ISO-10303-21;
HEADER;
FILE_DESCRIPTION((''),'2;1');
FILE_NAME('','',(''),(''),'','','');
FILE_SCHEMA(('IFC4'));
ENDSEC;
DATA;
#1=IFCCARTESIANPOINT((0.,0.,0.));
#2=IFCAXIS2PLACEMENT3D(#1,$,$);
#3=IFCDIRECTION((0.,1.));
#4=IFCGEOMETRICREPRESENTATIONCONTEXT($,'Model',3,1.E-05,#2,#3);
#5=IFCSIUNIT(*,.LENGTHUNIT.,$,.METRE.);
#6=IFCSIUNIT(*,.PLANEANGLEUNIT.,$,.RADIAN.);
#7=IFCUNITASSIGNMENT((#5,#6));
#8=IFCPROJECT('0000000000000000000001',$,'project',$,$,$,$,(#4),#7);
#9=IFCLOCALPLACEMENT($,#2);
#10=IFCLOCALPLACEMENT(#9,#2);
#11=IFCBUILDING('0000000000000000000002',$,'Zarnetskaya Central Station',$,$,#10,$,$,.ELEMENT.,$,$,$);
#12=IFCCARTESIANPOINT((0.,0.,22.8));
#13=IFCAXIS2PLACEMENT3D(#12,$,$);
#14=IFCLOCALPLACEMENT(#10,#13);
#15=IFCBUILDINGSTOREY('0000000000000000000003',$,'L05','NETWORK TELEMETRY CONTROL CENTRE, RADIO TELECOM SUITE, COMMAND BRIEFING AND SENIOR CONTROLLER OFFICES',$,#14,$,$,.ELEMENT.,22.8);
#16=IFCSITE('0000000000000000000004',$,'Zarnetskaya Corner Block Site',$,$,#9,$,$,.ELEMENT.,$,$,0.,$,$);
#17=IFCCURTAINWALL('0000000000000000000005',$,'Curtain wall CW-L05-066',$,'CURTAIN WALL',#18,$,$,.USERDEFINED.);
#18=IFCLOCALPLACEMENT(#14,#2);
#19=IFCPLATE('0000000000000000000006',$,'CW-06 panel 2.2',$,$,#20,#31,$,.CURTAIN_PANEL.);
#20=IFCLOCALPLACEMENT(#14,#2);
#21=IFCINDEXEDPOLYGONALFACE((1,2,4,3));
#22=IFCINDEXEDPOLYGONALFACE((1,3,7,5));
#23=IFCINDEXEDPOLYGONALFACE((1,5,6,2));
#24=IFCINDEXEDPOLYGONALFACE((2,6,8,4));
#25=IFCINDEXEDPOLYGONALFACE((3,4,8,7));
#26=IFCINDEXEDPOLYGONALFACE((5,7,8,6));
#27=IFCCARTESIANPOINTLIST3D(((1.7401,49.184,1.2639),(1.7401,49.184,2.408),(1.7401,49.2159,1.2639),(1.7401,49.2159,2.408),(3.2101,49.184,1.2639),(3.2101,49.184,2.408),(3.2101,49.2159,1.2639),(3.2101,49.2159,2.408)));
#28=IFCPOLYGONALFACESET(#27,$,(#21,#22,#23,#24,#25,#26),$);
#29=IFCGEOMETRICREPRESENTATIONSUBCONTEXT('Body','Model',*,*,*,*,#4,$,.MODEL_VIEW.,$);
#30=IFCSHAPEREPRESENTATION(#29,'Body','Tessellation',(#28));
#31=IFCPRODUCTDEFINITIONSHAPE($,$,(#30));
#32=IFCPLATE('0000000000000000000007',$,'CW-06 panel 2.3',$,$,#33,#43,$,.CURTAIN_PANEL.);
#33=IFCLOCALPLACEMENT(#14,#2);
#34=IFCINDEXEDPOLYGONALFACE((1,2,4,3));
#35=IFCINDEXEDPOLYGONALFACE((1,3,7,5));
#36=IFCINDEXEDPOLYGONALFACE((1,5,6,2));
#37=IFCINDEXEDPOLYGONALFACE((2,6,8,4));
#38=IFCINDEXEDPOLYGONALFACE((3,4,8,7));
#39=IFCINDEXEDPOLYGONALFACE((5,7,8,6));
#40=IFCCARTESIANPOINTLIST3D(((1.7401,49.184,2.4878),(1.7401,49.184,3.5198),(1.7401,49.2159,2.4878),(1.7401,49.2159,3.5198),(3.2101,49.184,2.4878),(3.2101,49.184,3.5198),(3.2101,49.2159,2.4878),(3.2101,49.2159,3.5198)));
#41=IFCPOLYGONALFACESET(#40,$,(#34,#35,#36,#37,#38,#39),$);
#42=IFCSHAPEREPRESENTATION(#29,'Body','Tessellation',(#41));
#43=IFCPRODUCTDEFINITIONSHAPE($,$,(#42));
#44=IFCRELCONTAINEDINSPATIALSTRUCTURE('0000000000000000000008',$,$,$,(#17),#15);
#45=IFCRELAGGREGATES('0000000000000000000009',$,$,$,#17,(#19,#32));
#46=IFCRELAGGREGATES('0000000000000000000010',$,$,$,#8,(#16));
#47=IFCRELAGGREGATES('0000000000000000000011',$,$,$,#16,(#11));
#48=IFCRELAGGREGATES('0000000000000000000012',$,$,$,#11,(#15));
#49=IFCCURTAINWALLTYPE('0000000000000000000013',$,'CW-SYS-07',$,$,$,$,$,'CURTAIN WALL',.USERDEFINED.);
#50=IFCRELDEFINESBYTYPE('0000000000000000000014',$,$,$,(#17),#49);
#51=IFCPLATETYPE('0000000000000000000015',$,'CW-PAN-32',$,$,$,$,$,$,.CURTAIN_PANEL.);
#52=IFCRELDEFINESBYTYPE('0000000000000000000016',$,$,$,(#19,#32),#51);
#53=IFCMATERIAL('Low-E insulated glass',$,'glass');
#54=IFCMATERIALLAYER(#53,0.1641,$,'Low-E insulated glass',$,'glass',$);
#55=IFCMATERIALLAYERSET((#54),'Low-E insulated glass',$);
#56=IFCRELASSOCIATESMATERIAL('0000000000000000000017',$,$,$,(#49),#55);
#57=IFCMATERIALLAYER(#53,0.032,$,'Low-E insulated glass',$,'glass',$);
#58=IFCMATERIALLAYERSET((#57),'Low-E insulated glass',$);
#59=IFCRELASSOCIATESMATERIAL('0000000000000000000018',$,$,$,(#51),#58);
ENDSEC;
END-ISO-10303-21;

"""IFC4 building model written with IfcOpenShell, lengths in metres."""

from ifc_helpers import new_model, si_unit, direction, frame, origin, origin_2d, place, context, subcontext, project, spatial, rectangle, extrude, material, layer, layer_set, type_object, element, aggregate, save


model = new_model("IFC4")

# Units and contexts
model_context = context("Model", 3, precision=1e-05, world=origin(), true_north=direction((0.0, 1.0)))
body_context = subcontext(model_context, "Body", "Model", "MODEL_VIEW")
ifc_project = project(units=[si_unit("LENGTHUNIT", "METRE"), si_unit("PLANEANGLEUNIT", "RADIAN")], contexts=[model_context])

# Site, building, storey
site_placement = place(None, origin())
site = spatial("IfcSite", under=ifc_project, at=site_placement, Name="Zarnetskaya Corner Block Site", CompositionType="ELEMENT", RefElevation=0.0)
building_placement = place(site_placement, origin())
building = spatial("IfcBuilding", under=site, at=building_placement, Name="Zarnetskaya Central Station", CompositionType="ELEMENT")
storey_placement = place(building_placement, frame((0.0, 0.0, 22.8)))
storey = spatial("IfcBuildingStorey", under=building, at=storey_placement, Name="L05", Description="NETWORK TELEMETRY CONTROL CENTRE, RADIO TELECOM SUITE, COMMAND BRIEFING AND SENIOR CONTROLLER OFFICES", CompositionType="ELEMENT", Elevation=22.8)

# Curtain wall
ifc_material_1 = material(Name="Low-E insulated glass", Category="glass")
ifc_layer_1 = layer(ifc_material_1, 0.1641, Name="Low-E insulated glass", Category="glass")
ifc_layer_set_1 = layer_set([ifc_layer_1], Name="Low-E insulated glass")
curtain_wall_type = type_object("IfcCurtainWallType", Name="CW-SYS-07", ElementType="CURTAIN WALL", PredefinedType="USERDEFINED", material=ifc_layer_set_1)
curtain_wall_placement = place(storey_placement, origin())
curtain_wall = element("IfcCurtainWall", 1, at=curtain_wall_placement, inside=storey, type_object=curtain_wall_type, Name="Curtain wall CW-L05-066", ObjectType="CURTAIN WALL", PredefinedType="USERDEFINED")

# Plates
ifc_layer_2 = layer(ifc_material_1, 0.032, Name="Low-E insulated glass", Category="glass")
ifc_layer_set_2 = layer_set([ifc_layer_2], Name="Low-E insulated glass")
plate_type = type_object("IfcPlateType", Name="CW-PAN-32", PredefinedType="CURTAIN_PANEL", material=ifc_layer_set_2)
plate_1_placement = place(storey_placement, frame((2.4751, 49.2, 1.2639), z_axis=(0.0, 0.0, 1.0), x_axis=(1.0, 0.0, 0.0)))
plate_1 = element("IfcPlate", 2, at=plate_1_placement, type_object=plate_type, Name="CW-06 panel 2.2", PredefinedType="CURTAIN_PANEL", context=body_context, shape_type="SweptSolid", body=[
    extrude(rectangle(XDim=1.47, YDim=0.032, at=origin_2d()), origin(), (0.0, 0.0, 1.0), 1.144),
])
plate_2_placement = place(storey_placement, frame((2.4751, 49.2, 2.4878), z_axis=(0.0, 0.0, 1.0), x_axis=(1.0, 0.0, 0.0)))
plate_2 = element("IfcPlate", 3, at=plate_2_placement, type_object=plate_type, Name="CW-06 panel 2.3", PredefinedType="CURTAIN_PANEL", context=body_context, shape_type="SweptSolid", body=[
    extrude(rectangle(XDim=1.47, YDim=0.032, at=origin_2d()), origin(), (0.0, 0.0, 1.0), 1.032),
])
aggregate(curtain_wall, [plate_1, plate_2])

save(model, "model.ifc")
